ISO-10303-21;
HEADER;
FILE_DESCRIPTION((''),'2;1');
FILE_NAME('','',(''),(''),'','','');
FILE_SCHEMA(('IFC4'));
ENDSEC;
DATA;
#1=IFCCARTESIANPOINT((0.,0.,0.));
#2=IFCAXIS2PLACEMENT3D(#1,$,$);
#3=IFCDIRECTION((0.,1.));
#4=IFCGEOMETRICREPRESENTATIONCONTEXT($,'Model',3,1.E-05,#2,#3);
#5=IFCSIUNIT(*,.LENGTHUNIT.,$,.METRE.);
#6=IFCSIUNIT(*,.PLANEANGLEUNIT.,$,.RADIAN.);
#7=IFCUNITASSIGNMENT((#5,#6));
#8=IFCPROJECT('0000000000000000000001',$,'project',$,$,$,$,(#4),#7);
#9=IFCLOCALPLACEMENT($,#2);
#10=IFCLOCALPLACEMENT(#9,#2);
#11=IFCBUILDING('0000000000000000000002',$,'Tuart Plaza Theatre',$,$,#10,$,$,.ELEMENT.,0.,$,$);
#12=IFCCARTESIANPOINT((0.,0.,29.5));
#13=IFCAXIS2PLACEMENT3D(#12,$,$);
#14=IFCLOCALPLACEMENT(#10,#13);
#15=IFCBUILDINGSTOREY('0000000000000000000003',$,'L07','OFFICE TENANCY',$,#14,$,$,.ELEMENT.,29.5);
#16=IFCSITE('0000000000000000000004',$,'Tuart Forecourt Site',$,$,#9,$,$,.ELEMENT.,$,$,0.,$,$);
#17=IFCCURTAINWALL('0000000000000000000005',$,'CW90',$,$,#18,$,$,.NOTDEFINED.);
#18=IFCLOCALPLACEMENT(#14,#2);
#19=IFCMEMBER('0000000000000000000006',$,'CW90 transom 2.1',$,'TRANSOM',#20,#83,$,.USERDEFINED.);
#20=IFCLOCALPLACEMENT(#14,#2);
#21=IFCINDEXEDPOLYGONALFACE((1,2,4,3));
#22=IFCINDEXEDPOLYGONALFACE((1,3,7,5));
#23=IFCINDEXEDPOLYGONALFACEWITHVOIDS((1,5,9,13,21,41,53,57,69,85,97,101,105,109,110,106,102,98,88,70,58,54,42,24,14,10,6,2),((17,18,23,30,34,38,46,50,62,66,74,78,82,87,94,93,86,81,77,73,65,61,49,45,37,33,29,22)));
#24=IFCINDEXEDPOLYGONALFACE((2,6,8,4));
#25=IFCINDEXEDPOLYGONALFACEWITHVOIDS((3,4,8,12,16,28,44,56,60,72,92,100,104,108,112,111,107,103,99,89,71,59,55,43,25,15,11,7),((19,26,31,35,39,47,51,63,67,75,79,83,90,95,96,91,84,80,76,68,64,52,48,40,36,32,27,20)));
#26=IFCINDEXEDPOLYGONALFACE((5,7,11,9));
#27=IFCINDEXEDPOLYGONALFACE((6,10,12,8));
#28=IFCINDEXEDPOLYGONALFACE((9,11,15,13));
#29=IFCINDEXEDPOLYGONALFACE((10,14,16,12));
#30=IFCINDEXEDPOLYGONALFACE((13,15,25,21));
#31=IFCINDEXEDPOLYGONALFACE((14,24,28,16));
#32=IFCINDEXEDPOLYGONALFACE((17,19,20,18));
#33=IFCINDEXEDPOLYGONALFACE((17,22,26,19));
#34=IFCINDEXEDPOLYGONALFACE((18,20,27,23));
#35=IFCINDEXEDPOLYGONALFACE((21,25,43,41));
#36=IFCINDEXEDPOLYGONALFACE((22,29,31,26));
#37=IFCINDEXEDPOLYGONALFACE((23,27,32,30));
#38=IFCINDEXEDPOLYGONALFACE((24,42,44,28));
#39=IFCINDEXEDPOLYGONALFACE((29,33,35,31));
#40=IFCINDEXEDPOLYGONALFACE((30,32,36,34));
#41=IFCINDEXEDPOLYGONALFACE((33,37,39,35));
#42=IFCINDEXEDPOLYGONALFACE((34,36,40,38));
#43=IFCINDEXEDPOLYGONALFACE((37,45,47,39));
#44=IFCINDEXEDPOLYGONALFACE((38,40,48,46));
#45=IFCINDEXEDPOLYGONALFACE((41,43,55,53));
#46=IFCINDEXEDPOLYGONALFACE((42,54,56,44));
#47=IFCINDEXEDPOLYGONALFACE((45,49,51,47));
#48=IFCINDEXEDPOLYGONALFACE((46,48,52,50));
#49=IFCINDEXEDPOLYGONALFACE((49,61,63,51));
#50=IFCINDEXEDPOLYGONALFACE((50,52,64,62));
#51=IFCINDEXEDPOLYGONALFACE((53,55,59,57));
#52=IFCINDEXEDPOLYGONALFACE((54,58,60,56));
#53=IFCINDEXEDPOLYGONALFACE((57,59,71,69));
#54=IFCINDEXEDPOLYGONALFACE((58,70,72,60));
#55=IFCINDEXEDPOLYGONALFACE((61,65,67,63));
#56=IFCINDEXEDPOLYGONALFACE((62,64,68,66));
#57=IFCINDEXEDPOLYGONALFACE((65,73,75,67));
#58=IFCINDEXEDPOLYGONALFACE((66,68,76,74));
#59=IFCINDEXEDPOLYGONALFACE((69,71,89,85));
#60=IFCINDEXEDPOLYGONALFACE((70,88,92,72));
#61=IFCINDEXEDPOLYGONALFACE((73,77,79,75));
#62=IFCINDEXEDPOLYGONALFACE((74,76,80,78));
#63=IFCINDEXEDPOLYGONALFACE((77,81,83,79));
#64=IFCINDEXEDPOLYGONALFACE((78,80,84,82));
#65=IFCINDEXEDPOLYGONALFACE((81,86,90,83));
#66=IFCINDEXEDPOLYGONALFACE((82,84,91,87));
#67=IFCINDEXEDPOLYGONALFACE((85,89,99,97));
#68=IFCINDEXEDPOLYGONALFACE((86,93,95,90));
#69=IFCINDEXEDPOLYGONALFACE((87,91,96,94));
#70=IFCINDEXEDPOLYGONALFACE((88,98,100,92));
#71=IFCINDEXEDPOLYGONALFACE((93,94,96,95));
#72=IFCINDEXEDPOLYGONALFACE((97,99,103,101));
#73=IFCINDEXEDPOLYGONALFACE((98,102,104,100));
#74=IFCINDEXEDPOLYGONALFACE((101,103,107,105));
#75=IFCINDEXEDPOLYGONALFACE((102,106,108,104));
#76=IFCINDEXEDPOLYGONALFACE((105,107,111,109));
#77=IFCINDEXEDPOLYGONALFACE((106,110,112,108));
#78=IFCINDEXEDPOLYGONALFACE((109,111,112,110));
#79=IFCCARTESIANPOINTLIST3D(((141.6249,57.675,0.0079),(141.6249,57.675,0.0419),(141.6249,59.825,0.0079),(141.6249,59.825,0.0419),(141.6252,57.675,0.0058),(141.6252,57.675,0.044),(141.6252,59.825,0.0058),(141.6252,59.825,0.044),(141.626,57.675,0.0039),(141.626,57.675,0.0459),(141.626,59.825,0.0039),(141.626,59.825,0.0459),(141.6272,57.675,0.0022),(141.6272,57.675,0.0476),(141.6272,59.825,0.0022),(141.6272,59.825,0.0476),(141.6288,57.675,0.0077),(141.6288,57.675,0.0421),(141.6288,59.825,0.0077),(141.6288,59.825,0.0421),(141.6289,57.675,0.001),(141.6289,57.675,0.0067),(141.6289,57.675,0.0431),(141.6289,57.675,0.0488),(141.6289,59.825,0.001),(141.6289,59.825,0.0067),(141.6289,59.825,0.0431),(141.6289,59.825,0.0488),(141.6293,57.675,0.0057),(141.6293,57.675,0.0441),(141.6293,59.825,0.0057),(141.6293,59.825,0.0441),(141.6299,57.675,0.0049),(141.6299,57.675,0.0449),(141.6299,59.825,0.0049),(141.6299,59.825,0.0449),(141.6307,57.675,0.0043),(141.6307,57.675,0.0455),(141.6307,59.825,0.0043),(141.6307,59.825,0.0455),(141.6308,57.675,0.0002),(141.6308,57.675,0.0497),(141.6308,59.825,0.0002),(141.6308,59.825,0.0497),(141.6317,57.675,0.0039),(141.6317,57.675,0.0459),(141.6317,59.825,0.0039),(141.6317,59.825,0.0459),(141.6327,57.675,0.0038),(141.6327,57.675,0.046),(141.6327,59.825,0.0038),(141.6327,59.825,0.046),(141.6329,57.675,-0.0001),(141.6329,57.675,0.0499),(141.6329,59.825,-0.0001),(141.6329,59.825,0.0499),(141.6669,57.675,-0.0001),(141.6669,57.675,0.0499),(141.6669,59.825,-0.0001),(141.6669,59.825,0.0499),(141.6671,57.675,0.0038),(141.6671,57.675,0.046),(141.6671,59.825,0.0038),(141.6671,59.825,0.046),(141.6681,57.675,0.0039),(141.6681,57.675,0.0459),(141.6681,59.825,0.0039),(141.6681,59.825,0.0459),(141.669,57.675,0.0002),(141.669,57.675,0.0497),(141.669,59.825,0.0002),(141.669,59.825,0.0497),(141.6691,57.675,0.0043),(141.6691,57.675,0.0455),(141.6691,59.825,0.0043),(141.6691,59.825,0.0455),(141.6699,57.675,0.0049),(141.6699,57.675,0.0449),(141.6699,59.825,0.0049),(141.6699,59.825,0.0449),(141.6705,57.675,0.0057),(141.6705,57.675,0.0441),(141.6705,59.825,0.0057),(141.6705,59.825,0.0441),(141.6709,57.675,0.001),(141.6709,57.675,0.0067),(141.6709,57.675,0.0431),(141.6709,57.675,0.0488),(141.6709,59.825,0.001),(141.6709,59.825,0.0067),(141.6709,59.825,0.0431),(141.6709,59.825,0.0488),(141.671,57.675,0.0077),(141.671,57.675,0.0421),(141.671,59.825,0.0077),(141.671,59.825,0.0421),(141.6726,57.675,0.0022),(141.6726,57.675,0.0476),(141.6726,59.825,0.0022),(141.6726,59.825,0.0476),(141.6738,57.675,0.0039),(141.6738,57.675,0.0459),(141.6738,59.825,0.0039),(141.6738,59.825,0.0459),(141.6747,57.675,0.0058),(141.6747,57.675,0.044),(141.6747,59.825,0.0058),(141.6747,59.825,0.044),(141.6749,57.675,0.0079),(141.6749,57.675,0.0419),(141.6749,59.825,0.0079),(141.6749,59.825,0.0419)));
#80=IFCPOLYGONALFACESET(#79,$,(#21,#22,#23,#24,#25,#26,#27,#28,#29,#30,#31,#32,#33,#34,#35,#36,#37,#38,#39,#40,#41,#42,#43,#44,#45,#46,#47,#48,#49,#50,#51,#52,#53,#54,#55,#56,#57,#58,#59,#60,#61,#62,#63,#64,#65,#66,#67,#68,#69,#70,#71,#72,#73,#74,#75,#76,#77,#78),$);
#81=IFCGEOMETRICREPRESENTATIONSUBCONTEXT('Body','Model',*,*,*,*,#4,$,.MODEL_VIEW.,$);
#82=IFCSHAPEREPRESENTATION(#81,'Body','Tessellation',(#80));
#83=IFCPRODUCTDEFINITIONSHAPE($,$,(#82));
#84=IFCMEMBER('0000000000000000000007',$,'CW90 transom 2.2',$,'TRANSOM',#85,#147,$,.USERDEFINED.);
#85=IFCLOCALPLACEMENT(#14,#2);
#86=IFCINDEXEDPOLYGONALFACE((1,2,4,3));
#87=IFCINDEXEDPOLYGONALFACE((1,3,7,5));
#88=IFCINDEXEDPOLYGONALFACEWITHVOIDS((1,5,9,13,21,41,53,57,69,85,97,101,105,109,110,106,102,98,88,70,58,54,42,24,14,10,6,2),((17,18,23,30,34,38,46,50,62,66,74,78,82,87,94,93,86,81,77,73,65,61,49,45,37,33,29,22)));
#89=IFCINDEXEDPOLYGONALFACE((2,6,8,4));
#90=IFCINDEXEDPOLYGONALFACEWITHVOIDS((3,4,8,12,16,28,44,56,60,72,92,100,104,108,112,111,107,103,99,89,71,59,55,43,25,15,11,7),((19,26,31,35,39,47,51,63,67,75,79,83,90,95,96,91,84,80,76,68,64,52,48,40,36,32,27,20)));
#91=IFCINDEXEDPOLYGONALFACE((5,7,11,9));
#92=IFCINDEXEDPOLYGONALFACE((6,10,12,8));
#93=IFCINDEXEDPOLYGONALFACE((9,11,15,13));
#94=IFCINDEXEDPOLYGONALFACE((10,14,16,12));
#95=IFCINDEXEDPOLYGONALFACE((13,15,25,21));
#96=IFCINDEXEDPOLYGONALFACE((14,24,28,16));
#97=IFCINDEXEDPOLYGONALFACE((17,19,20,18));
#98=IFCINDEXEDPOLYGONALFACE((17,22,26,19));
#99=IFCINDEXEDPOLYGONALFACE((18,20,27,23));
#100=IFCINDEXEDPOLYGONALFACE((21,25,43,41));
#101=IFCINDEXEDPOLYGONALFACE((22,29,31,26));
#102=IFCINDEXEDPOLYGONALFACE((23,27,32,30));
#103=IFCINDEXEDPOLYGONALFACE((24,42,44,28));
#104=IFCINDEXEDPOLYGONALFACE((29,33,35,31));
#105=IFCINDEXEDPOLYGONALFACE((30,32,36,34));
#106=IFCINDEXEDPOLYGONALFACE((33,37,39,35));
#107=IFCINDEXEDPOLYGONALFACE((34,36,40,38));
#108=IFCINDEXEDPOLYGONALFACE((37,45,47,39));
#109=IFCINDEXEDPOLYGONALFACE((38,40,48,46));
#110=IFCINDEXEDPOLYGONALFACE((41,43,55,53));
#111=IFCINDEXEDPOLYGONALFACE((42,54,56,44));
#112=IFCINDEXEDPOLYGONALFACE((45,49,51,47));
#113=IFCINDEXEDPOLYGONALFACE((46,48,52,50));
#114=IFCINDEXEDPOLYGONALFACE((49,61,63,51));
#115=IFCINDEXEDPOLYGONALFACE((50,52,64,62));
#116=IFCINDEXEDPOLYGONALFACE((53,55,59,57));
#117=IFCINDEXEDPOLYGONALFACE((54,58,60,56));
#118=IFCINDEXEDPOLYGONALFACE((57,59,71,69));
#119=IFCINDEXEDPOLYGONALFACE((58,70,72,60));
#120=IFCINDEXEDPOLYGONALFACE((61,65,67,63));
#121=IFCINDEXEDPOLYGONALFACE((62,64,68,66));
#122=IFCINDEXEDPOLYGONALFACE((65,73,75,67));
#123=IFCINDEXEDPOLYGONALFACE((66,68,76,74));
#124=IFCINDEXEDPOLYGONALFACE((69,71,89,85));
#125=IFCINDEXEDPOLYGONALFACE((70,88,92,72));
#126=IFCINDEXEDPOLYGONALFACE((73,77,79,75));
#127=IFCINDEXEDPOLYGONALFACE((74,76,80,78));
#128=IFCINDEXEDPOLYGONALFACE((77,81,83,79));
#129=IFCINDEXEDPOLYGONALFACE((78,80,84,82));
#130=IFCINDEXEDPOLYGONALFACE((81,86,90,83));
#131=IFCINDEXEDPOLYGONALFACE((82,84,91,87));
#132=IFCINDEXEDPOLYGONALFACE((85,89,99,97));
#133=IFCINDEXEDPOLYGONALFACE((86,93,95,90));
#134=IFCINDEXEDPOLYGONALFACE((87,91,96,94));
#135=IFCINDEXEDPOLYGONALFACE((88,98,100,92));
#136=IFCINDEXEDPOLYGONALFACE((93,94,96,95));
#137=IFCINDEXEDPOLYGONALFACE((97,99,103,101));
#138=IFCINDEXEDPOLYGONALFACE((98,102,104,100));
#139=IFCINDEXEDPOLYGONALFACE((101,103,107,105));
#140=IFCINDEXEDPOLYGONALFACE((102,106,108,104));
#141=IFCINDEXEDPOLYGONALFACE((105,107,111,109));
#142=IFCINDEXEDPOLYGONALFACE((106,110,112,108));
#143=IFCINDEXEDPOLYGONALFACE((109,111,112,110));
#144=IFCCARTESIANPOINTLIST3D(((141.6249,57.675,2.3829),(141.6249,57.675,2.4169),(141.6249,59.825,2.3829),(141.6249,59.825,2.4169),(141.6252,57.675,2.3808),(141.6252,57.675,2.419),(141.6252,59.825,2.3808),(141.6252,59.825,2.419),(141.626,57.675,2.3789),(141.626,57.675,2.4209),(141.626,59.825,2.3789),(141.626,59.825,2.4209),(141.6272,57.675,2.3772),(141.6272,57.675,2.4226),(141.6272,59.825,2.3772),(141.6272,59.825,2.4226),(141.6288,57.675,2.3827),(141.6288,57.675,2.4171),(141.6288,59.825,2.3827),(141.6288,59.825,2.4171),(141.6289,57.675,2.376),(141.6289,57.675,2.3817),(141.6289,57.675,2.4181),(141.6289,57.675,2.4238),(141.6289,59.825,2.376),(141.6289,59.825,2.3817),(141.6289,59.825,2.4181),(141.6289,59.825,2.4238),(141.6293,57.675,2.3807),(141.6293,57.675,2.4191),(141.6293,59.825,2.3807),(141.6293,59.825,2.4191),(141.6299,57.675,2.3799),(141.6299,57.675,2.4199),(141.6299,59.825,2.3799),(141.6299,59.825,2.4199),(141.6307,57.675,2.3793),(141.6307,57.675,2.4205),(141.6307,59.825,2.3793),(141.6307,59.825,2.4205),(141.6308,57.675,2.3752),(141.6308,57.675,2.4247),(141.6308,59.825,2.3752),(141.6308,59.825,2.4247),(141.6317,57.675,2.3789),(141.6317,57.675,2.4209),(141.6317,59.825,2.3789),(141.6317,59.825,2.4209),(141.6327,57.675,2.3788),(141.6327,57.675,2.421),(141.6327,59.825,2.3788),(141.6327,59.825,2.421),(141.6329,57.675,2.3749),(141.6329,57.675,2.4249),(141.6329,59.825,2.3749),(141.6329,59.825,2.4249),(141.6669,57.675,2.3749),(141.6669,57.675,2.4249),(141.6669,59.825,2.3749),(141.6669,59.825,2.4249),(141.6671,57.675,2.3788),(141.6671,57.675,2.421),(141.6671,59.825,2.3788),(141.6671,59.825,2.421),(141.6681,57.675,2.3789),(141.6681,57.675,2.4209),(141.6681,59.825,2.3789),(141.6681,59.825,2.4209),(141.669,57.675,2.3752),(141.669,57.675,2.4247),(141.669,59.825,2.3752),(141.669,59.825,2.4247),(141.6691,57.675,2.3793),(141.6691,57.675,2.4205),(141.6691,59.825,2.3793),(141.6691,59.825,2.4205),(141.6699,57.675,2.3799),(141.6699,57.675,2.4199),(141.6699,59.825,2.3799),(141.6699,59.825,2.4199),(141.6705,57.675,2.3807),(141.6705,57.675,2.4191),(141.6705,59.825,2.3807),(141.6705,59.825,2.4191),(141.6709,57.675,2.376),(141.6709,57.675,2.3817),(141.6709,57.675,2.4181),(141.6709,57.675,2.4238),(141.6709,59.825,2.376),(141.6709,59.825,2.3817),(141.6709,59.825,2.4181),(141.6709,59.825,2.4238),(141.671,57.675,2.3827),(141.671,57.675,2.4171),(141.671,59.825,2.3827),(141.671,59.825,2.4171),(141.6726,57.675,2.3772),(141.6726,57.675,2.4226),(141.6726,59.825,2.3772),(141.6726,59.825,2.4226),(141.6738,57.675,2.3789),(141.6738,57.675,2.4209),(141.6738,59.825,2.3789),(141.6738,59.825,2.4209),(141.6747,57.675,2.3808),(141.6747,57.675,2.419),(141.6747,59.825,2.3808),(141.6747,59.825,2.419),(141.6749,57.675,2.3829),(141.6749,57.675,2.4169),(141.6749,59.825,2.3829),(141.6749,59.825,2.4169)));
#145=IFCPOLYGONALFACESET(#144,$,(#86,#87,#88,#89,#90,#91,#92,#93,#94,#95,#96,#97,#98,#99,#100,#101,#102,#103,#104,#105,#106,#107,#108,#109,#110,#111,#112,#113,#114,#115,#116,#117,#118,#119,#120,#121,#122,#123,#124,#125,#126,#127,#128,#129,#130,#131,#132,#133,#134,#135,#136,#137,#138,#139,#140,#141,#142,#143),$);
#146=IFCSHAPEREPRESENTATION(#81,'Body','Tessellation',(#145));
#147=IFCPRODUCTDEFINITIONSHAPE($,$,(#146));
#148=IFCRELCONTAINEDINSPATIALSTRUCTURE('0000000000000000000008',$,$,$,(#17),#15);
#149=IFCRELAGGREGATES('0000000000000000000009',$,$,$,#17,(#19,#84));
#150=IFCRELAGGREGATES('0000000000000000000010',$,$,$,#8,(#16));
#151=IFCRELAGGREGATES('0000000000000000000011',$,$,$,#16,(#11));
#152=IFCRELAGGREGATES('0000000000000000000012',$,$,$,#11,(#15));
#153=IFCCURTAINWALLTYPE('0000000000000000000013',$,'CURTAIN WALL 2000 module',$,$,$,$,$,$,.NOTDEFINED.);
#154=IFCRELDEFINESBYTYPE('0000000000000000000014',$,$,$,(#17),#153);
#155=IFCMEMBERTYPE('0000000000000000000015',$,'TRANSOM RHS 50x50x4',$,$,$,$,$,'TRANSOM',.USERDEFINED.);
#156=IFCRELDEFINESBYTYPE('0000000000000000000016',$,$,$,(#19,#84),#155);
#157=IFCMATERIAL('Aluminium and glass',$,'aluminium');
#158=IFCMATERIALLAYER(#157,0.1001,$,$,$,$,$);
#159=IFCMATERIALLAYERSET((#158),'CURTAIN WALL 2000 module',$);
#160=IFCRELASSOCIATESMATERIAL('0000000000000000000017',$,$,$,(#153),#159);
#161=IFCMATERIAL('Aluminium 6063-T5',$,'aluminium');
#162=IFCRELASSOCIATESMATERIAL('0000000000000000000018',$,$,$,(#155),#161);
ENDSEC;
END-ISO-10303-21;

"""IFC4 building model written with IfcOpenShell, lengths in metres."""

from ifc_helpers import new_model, si_unit, direction, frame, origin, origin_2d, place, context, subcontext, project, spatial, hollow_rectangle, extrude, material, layer, layer_set, material_profile, profile_set, type_object, element, aggregate, save


model = new_model("IFC4")

# Units and contexts
model_context = context("Model", 3, precision=1e-05, world=origin(), true_north=direction((0.0, 1.0)))
body_context = subcontext(model_context, "Body", "Model", "MODEL_VIEW")
ifc_project = project(units=[si_unit("LENGTHUNIT", "METRE"), si_unit("PLANEANGLEUNIT", "RADIAN")], contexts=[model_context])

# Site, building, storey
site_placement = place(None, origin())
site = spatial("IfcSite", under=ifc_project, at=site_placement, Name="Tuart Forecourt Site", CompositionType="ELEMENT", RefElevation=0.0)
building_placement = place(site_placement, origin())
building = spatial("IfcBuilding", under=site, at=building_placement, Name="Tuart Plaza Theatre", CompositionType="ELEMENT", ElevationOfRefHeight=0.0)
storey_placement = place(building_placement, frame((0.0, 0.0, 29.5)))
storey = spatial("IfcBuildingStorey", under=building, at=storey_placement, Name="L07", Description="OFFICE TENANCY", CompositionType="ELEMENT", Elevation=29.5)

# Shared definitions
ifc_material_1 = material(Name="Aluminium and glass", Category="aluminium")
ifc_layer_1 = layer(ifc_material_1, 0.1001)
ifc_layer_set_1 = layer_set([ifc_layer_1], Name="CURTAIN WALL 2000 module")
curtain_wall_type = type_object("IfcCurtainWallType", Name="CURTAIN WALL 2000 module", PredefinedType="NOTDEFINED", material=ifc_layer_set_1)

# Curtain wall
curtain_wall_1_placement = place(storey_placement, origin())
curtain_wall_1 = element("IfcCurtainWall", 1, at=curtain_wall_1_placement, inside=storey, type_object=curtain_wall_type, Name="CW90", PredefinedType="NOTDEFINED")

# Members
ifc_material_2 = material(Name="Aluminium 6063-T5", Category="aluminium")
ifc_material_profile_1 = material_profile(ifc_material_2, hollow_rectangle(XDim=0.05, YDim=0.05, WallThickness=0.0039, InnerFilletRadius=0.0039, OuterFilletRadius=0.0081, at=origin_2d()), Name="RHS 50x50x4")
ifc_profile_set_1 = profile_set([ifc_material_profile_1], Name="Aluminium 6063-T5")
member_type_1 = type_object("IfcMemberType", Name="TRANSOM RHS 50x50x4", ElementType="TRANSOM", PredefinedType="USERDEFINED", material=ifc_profile_set_1)
member_1_placement = place(storey_placement, frame((141.6499, 57.675, 0.0249), z_axis=(0.0, 1.0, 0.0), x_axis=(-1.0, 0.0, 0.0)))
member_1 = element("IfcMember", 2, at=member_1_placement, type_object=member_type_1, Name="CW90 transom 2.1", ObjectType="TRANSOM", PredefinedType="USERDEFINED", context=body_context, shape_type="SweptSolid", body=[
    extrude(hollow_rectangle(XDim=0.05, YDim=0.05, WallThickness=0.0039, InnerFilletRadius=0.0039, OuterFilletRadius=0.0081, at=origin_2d()), origin(), (0.0, 0.0, 1.0), 2.1499),
])
member_2_placement = place(storey_placement, frame((141.6499, 57.675, 2.3999), z_axis=(0.0, 1.0, 0.0), x_axis=(-1.0, 0.0, 0.0)))
member_2 = element("IfcMember", 3, at=member_2_placement, type_object=member_type_1, Name="CW90 transom 2.2", ObjectType="TRANSOM", PredefinedType="USERDEFINED", context=body_context, shape_type="SweptSolid", body=[
    extrude(hollow_rectangle(XDim=0.05, YDim=0.05, WallThickness=0.0039, InnerFilletRadius=0.0039, OuterFilletRadius=0.0081, at=origin_2d()), origin(), (0.0, 0.0, 1.0), 2.1499),
])

aggregate(curtain_wall_1, [member_1, member_2])

save(model, "model.ifc")
